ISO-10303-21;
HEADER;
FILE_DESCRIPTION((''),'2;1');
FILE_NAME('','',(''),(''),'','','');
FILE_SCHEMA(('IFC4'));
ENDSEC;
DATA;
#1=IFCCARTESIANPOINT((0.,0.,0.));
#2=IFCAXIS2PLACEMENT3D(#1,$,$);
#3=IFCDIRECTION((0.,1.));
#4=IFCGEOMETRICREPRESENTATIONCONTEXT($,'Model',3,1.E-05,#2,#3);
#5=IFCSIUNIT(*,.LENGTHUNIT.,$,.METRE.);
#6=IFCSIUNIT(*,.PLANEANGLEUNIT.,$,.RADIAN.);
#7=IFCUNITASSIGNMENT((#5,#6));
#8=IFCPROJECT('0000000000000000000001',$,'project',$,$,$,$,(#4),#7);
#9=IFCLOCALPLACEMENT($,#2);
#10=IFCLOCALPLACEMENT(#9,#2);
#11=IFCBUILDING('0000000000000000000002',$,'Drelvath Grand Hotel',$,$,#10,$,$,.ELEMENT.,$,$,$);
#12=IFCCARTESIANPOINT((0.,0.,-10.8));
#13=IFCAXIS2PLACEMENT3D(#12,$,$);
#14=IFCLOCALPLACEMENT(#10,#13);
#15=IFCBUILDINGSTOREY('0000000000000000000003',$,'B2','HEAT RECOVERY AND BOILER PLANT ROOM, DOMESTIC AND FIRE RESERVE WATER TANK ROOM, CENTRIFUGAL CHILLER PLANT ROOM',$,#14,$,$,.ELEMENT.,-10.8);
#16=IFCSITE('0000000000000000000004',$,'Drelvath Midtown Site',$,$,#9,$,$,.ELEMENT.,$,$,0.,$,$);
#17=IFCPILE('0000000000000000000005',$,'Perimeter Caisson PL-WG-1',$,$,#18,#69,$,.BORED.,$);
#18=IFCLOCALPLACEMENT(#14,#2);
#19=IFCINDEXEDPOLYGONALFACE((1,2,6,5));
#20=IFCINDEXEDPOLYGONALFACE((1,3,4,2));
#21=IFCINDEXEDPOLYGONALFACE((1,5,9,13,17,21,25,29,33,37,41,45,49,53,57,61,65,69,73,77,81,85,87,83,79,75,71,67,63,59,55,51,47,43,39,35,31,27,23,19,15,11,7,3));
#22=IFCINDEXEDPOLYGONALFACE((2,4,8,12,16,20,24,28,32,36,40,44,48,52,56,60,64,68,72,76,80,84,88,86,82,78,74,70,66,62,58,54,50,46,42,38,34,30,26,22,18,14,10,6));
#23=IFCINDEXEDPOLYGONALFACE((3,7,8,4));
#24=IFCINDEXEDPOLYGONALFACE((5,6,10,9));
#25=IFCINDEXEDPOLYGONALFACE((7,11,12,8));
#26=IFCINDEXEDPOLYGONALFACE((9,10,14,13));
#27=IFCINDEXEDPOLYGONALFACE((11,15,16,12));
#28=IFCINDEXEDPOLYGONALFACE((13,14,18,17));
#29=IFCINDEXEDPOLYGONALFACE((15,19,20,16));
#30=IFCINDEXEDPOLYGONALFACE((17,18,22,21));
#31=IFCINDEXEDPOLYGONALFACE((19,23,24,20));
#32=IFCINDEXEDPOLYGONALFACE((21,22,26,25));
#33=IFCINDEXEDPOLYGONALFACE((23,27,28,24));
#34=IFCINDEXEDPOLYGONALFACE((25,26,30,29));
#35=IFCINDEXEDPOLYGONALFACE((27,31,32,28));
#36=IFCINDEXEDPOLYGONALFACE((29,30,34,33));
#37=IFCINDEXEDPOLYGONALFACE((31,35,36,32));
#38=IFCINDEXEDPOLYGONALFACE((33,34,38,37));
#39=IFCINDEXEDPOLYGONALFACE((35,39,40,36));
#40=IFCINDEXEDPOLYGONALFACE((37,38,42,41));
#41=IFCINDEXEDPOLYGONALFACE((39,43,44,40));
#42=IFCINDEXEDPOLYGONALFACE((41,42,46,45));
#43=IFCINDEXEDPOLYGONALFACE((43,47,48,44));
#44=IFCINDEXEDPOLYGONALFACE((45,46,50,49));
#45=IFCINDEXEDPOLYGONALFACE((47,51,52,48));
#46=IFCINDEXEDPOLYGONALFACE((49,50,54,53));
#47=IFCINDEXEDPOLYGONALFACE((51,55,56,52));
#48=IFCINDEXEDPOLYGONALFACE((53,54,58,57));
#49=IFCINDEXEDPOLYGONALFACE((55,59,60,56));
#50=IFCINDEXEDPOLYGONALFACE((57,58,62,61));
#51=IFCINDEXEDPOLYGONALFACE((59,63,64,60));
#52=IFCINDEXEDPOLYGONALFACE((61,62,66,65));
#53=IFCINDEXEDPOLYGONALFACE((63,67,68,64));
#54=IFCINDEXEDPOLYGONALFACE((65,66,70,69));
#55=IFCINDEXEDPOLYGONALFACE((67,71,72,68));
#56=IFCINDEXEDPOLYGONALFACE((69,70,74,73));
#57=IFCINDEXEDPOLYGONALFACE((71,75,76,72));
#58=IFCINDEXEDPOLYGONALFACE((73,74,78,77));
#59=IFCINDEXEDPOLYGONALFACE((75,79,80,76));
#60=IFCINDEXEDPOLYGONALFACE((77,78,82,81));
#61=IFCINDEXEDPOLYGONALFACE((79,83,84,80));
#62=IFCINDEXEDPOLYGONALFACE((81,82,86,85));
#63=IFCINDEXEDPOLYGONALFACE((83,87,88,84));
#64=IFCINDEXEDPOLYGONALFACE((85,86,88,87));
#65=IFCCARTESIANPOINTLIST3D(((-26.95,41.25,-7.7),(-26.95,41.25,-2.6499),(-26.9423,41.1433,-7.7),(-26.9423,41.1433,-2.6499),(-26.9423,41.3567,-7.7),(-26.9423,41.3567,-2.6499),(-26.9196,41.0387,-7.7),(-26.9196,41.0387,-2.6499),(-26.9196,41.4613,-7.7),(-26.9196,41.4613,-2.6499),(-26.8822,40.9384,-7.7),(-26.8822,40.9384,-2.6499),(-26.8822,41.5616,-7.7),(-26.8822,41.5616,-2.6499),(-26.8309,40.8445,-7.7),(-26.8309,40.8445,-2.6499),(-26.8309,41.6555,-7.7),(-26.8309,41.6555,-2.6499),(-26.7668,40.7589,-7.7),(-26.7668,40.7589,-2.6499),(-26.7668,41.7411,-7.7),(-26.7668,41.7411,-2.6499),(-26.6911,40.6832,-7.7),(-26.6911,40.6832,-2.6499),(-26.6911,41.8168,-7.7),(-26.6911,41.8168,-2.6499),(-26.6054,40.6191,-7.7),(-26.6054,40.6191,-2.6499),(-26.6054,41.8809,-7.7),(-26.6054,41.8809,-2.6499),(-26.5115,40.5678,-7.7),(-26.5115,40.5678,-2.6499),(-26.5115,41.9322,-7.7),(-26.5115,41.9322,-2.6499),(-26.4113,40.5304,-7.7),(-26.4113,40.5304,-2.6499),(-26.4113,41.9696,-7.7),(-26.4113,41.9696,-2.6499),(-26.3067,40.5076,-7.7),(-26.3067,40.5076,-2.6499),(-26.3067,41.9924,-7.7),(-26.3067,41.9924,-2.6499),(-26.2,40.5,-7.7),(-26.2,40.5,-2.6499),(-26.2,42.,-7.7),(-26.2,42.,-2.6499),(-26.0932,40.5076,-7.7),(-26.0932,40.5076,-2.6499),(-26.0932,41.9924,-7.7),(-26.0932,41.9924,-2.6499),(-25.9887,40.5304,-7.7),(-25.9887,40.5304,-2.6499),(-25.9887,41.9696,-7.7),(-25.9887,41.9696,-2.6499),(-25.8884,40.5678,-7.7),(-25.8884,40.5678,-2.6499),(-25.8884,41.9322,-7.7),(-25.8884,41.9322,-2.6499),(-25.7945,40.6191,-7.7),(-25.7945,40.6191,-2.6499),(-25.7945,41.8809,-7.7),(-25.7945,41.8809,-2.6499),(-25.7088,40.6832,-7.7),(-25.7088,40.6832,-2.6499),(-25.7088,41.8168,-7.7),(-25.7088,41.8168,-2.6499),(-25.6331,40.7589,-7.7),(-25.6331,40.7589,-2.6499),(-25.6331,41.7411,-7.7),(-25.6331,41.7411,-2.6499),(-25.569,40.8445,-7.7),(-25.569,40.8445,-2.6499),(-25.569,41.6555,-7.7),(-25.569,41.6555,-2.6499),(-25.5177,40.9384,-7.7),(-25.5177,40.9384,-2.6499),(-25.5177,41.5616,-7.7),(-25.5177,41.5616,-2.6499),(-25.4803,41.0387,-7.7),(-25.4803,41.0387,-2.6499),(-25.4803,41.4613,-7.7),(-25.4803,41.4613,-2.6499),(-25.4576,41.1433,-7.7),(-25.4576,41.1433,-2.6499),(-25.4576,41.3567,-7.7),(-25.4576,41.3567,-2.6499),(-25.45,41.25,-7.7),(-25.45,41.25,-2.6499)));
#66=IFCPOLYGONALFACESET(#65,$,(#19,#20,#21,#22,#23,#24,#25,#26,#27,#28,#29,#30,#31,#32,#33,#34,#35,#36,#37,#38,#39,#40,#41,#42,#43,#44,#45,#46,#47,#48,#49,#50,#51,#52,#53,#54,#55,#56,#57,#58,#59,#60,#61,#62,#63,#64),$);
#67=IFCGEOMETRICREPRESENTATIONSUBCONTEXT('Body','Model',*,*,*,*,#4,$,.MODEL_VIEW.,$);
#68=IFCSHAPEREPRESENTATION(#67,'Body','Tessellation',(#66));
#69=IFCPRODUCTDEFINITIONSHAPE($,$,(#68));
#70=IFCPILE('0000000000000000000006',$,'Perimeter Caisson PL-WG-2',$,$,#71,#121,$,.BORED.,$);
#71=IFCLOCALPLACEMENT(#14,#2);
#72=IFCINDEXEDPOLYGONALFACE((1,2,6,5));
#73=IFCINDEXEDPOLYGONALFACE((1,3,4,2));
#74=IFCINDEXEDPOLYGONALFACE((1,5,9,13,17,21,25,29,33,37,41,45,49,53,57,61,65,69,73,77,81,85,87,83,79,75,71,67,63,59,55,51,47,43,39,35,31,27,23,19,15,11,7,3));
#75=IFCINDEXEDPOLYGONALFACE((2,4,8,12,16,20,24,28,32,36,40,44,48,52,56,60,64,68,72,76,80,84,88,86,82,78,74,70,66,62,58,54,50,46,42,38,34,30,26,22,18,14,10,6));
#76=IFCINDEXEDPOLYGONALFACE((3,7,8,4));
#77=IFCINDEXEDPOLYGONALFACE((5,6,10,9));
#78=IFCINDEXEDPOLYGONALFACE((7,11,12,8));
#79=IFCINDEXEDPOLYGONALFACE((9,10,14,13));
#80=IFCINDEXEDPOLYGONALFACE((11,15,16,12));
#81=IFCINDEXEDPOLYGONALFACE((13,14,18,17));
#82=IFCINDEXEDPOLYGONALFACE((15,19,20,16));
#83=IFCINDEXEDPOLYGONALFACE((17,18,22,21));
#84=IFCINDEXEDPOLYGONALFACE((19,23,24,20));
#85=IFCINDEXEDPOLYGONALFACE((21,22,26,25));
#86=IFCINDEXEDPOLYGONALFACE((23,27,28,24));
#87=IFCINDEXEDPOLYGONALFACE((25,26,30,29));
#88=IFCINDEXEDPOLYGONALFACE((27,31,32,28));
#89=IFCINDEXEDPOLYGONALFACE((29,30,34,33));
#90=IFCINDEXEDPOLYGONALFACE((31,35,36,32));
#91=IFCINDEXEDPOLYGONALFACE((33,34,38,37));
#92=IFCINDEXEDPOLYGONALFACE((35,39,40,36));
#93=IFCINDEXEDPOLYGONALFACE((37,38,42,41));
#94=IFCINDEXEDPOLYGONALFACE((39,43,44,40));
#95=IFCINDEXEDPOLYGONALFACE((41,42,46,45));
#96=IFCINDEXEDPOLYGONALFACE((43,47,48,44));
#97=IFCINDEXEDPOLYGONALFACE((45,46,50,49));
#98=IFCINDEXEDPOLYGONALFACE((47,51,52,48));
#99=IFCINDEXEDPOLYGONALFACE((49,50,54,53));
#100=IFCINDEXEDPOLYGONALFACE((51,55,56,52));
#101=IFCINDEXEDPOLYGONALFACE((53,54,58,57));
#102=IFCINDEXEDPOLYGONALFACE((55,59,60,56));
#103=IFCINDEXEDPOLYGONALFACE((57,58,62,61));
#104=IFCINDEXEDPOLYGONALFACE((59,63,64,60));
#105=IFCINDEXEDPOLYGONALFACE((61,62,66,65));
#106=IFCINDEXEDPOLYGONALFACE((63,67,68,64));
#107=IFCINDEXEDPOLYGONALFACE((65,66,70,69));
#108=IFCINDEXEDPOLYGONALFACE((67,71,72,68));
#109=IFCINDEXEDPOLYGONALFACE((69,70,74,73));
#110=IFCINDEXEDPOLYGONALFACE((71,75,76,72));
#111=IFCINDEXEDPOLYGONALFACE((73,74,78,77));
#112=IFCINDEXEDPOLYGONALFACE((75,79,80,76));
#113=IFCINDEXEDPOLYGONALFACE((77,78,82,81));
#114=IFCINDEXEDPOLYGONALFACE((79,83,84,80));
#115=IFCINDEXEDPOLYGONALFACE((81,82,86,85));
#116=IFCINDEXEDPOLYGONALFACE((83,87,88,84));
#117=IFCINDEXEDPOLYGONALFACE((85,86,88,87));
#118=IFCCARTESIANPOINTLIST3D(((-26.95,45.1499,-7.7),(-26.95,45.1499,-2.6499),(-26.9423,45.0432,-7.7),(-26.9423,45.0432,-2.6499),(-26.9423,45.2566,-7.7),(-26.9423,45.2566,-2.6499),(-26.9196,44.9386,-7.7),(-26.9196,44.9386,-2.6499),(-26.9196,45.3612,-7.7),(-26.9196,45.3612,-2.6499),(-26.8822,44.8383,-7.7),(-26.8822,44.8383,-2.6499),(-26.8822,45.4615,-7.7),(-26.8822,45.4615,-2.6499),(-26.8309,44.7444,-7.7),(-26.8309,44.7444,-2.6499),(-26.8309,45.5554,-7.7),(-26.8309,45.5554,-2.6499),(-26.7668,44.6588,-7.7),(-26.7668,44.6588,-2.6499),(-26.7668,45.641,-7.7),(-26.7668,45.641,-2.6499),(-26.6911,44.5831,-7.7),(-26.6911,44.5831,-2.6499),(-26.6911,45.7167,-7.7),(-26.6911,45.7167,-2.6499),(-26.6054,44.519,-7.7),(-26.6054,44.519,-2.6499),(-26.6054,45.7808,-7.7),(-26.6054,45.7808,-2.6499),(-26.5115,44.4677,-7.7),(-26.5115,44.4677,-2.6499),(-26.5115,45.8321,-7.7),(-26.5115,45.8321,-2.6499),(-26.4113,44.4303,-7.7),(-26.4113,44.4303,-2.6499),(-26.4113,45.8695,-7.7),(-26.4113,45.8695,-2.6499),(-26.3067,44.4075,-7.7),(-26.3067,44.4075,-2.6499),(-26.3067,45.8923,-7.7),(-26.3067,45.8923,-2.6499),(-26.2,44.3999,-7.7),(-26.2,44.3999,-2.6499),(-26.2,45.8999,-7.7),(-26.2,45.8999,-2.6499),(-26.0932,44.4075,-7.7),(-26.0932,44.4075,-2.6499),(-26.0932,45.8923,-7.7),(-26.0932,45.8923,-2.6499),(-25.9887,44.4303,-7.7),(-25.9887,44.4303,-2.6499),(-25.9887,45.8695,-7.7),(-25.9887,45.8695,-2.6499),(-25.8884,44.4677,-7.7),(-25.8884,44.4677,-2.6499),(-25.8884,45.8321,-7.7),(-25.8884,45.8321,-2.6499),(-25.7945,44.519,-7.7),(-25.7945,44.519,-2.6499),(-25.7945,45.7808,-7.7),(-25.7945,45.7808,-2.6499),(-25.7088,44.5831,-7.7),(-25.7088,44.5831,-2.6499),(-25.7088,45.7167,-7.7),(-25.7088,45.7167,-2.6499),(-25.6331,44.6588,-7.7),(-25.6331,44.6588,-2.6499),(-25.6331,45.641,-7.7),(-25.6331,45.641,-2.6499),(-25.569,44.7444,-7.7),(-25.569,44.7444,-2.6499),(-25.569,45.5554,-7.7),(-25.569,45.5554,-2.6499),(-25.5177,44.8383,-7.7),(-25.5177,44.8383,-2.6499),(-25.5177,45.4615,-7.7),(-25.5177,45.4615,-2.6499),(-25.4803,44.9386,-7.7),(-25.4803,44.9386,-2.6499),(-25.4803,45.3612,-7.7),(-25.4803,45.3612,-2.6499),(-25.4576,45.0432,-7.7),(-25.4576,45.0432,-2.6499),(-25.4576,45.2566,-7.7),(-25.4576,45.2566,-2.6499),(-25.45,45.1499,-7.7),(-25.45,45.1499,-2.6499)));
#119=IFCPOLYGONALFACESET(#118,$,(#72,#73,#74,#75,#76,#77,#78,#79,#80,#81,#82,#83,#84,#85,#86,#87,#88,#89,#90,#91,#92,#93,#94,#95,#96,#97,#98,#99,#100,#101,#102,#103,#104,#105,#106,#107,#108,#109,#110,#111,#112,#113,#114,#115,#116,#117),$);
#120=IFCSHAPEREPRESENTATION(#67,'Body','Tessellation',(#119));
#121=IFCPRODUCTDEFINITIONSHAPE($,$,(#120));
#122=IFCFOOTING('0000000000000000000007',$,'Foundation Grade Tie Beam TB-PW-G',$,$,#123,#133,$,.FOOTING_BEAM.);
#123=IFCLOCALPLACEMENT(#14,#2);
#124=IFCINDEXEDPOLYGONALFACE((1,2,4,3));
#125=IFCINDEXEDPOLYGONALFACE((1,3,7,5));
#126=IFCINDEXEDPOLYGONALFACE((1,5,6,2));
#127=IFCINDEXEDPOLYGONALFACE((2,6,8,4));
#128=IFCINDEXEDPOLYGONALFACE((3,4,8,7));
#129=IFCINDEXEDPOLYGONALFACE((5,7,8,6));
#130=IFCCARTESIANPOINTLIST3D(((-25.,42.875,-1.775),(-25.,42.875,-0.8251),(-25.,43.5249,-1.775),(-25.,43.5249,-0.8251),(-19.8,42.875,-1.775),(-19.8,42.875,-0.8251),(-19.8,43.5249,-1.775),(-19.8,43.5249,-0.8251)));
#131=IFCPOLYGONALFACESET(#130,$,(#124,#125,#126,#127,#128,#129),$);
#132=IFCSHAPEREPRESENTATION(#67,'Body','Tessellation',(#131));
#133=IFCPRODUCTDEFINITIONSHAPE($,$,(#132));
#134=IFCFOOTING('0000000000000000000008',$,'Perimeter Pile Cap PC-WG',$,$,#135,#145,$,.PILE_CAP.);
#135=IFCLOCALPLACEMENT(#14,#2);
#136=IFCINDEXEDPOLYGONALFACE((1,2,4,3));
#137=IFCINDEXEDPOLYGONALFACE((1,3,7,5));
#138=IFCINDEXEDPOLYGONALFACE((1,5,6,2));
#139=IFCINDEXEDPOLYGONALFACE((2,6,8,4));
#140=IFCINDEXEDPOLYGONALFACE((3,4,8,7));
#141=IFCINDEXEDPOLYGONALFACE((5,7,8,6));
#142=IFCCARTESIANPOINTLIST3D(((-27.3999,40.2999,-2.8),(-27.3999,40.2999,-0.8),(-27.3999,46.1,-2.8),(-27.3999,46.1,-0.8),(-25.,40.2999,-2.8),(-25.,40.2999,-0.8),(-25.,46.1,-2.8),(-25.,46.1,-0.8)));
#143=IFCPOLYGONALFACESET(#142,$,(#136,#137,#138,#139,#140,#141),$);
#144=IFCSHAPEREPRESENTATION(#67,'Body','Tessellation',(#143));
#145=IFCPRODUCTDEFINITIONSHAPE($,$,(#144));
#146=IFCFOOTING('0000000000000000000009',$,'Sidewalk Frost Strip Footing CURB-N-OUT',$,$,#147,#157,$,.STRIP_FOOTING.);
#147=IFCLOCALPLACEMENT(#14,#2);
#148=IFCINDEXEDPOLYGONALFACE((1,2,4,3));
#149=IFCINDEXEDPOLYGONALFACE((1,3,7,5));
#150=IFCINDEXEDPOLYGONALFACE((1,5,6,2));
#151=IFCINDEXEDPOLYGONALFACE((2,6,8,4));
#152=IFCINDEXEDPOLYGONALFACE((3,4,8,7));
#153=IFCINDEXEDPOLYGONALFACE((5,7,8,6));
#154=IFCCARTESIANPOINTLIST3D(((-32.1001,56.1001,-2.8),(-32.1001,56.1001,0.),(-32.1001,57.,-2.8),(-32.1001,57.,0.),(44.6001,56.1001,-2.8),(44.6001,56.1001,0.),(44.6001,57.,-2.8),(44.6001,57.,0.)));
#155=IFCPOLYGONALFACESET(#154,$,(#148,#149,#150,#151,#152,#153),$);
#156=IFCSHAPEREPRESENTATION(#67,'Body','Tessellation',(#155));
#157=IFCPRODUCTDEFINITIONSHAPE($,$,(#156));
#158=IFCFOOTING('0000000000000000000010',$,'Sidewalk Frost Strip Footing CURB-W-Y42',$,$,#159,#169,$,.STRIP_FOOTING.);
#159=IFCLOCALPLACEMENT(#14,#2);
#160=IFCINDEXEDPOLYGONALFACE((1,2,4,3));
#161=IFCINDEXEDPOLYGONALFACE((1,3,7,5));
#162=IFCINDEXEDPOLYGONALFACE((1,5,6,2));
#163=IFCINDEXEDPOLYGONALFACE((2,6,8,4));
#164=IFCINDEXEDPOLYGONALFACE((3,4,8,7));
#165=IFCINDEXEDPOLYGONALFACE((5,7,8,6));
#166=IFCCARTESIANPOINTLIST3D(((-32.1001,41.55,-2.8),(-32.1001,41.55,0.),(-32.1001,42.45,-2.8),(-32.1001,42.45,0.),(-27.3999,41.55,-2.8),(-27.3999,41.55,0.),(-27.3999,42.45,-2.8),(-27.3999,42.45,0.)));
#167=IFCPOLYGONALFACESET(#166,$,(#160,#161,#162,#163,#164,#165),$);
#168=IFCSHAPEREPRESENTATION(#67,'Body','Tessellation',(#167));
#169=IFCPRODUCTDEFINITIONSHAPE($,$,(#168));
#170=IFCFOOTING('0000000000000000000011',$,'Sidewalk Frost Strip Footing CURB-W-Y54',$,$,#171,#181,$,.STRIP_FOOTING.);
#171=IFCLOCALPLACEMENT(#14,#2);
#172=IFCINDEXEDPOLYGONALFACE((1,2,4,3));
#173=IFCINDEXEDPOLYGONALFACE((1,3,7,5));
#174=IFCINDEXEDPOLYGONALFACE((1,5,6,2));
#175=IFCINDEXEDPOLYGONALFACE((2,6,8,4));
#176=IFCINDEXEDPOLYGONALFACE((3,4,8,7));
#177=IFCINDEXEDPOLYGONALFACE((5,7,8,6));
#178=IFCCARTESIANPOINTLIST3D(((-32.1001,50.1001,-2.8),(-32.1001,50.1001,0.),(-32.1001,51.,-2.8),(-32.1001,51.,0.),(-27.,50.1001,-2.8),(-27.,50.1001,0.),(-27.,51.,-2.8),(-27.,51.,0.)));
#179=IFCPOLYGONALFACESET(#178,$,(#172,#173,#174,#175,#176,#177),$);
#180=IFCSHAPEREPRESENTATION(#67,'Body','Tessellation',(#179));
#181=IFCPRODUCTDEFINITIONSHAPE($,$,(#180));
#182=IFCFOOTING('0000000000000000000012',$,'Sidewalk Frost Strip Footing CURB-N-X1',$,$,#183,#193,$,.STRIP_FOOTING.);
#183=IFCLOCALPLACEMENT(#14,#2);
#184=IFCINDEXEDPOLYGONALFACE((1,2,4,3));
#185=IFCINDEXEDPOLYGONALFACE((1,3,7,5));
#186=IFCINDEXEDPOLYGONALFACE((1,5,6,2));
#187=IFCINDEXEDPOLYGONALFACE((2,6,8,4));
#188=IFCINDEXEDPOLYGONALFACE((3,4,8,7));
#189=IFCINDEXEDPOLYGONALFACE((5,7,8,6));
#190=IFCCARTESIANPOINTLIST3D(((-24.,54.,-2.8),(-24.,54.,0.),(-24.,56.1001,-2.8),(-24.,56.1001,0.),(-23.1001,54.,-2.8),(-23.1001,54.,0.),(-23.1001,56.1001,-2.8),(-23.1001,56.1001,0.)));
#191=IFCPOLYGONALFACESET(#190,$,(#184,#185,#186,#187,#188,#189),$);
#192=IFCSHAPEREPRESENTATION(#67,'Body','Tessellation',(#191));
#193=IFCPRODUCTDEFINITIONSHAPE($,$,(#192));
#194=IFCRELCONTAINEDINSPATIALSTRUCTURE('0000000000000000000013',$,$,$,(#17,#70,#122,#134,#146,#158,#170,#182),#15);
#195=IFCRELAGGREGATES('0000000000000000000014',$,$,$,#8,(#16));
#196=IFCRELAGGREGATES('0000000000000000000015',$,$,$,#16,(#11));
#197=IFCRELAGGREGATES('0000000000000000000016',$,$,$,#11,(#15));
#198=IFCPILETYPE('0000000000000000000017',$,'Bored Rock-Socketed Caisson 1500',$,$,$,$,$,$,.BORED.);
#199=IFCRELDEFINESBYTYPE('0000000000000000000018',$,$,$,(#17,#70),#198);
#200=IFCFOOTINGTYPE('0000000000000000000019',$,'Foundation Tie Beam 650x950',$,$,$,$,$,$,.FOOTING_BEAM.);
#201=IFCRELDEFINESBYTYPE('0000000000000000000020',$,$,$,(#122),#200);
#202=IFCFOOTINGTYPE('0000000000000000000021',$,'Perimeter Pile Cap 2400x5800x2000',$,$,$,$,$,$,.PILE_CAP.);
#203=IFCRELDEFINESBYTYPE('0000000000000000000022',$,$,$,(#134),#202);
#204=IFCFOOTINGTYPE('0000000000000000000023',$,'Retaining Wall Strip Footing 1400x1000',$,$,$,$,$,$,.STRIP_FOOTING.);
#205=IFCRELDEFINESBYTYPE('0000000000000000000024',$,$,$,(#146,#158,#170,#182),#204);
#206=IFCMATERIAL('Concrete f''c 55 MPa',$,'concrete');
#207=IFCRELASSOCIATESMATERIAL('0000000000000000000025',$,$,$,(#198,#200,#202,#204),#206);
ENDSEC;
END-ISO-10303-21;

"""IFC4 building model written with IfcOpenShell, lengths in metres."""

from ifc_helpers import new_model, si_unit, direction, frame, frame_2d, origin, origin_2d, place, context, subcontext, project, spatial, rectangle, circle, extrude, material, material_profile, profile_set, type_object, element, save


model = new_model("IFC4")

# Units and contexts
model_context = context("Model", 3, precision=1e-05, world=origin(), true_north=direction((0.0, 1.0)))
body_context = subcontext(model_context, "Body", "Model", "MODEL_VIEW")
ifc_project = project(units=[si_unit("LENGTHUNIT", "METRE"), si_unit("PLANEANGLEUNIT", "RADIAN")], contexts=[model_context])

# Site, building, storey
site_placement = place(None, origin())
site = spatial("IfcSite", under=ifc_project, at=site_placement, Name="Drelvath Midtown Site", CompositionType="ELEMENT", RefElevation=0.0)
building_placement = place(site_placement, origin())
building = spatial("IfcBuilding", under=site, at=building_placement, Name="Drelvath Grand Hotel", CompositionType="ELEMENT")
storey_placement = place(building_placement, frame((0.0, 0.0, -10.8)))
storey = spatial("IfcBuildingStorey", under=building, at=storey_placement, Name="B2", Description="HEAT RECOVERY AND BOILER PLANT ROOM, DOMESTIC AND FIRE RESERVE WATER TANK ROOM, CENTRIFUGAL CHILLER PLANT ROOM", CompositionType="ELEMENT", Elevation=-10.8)

# Piles
ifc_material_1 = material(Name="Concrete f'c 55 MPa", Category="concrete")
ifc_material_profile_1 = material_profile(ifc_material_1, circle(Radius=0.75, at=origin_2d()), Name="CAISSON1500")
ifc_profile_set_1 = profile_set([ifc_material_profile_1], Name="Concrete f'c 55 MPa")
pile_type = type_object("IfcPileType", Name="Bored Rock-Socketed Caisson 1500", PredefinedType="BORED", material=ifc_profile_set_1)
for number, where, z_axis, x_axis, name in (
    (1, (-26.2, 41.25, -2.6499), (0.0, 0.0, -1.0), (1.0, 0.0, 0.0), "Perimeter Caisson PL-WG-1"),
    (2, (-26.2, 45.1499, -2.6499), (0.0, 0.0, -1.0), (1.0, 0.0, 0.0), "Perimeter Caisson PL-WG-2"),
):
    element("IfcPile", number, at=place(storey_placement, frame(where, z_axis=z_axis, x_axis=x_axis)), inside=storey, type_object=pile_type, Name=name, PredefinedType="BORED", context=body_context, shape_type="SweptSolid", body=[
        extrude(circle(Radius=0.75, at=origin_2d()), origin(), (0.0, 0.0, 1.0), 5.05),
    ])

# Footings
ifc_material_profile_2 = material_profile(ifc_material_1, rectangle(XDim=0.6499, YDim=0.95, at=origin_2d()), Name="CB650X950")
ifc_profile_set_2 = profile_set([ifc_material_profile_2], Name="Concrete f'c 55 MPa")
footing_type_1 = type_object("IfcFootingType", Name="Foundation Tie Beam 650x950", PredefinedType="FOOTING_BEAM", material=ifc_profile_set_2)
footing_1_placement = place(storey_placement, frame((-25.0, 43.2, -1.3), z_axis=(1.0, 0.0, 0.0), x_axis=(0.0, 1.0, 0.0)))
element("IfcFooting", 3, at=footing_1_placement, inside=storey, type_object=footing_type_1, Name="Foundation Grade Tie Beam TB-PW-G", PredefinedType="FOOTING_BEAM", context=body_context, shape_type="SweptSolid", body=[
    extrude(rectangle(XDim=0.6499, YDim=0.95, at=origin_2d()), origin(), (0.0, 0.0, 1.0), 5.2),
])
footing_type_2 = type_object("IfcFootingType", Name="Perimeter Pile Cap 2400x5800x2000", PredefinedType="PILE_CAP", material=ifc_material_1)
footing_2_placement = place(storey_placement, frame((-26.2, 43.2, -2.8), z_axis=(0.0, 0.0, 1.0), x_axis=(1.0, 0.0, 0.0)))
element("IfcFooting", 4, at=footing_2_placement, inside=storey, type_object=footing_type_2, Name="Perimeter Pile Cap PC-WG", PredefinedType="PILE_CAP", context=body_context, shape_type="SweptSolid", body=[
    extrude(rectangle(XDim=2.3999, YDim=5.8, at=origin_2d()), origin(), (0.0, 0.0, 1.0), 2.0),
])
footing_type_3 = type_object("IfcFootingType", Name="Retaining Wall Strip Footing 1400x1000", PredefinedType="STRIP_FOOTING", material=ifc_material_1)
footing_3_placement = place(storey_placement, frame((-32.1001, 56.55, -2.8), z_axis=(0.0, 0.0, 1.0), x_axis=(1.0, 0.0, 0.0)))
element("IfcFooting", 5, at=footing_3_placement, inside=storey, type_object=footing_type_3, Name="Sidewalk Frost Strip Footing CURB-N-OUT", PredefinedType="STRIP_FOOTING", context=body_context, shape_type="SweptSolid", body=[
    extrude(rectangle(XDim=76.7002, YDim=0.8999, at=frame_2d((38.3501, 0.0))), origin(), (0.0, 0.0, 1.0), 2.8),
])
footing_4_placement = place(storey_placement, frame((-32.1001, 42.0, -2.8), z_axis=(0.0, 0.0, 1.0), x_axis=(1.0, 0.0, 0.0)))
element("IfcFooting", 6, at=footing_4_placement, inside=storey, type_object=footing_type_3, Name="Sidewalk Frost Strip Footing CURB-W-Y42", PredefinedType="STRIP_FOOTING", context=body_context, shape_type="SweptSolid", body=[
    extrude(rectangle(XDim=4.7002, YDim=0.8999, at=frame_2d((2.3501, 0.0))), origin(), (0.0, 0.0, 1.0), 2.8),
])
footing_5_placement = place(storey_placement, frame((-32.1001, 50.55, -2.8), z_axis=(0.0, 0.0, 1.0), x_axis=(1.0, 0.0, 0.0)))
element("IfcFooting", 7, at=footing_5_placement, inside=storey, type_object=footing_type_3, Name="Sidewalk Frost Strip Footing CURB-W-Y54", PredefinedType="STRIP_FOOTING", context=body_context, shape_type="SweptSolid", body=[
    extrude(rectangle(XDim=5.1001, YDim=0.8999, at=frame_2d((2.55, 0.0))), origin(), (0.0, 0.0, 1.0), 2.8),
])
footing_6_placement = place(storey_placement, frame((-23.55, 54.0, -2.8), z_axis=(0.0, 0.0, 1.0), x_axis=(0.0, 1.0, 0.0)))
element("IfcFooting", 8, at=footing_6_placement, inside=storey, type_object=footing_type_3, Name="Sidewalk Frost Strip Footing CURB-N-X1", PredefinedType="STRIP_FOOTING", context=body_context, shape_type="SweptSolid", body=[
    extrude(rectangle(XDim=2.1001, YDim=0.8999, at=frame_2d((1.05, 0.0))), origin(), (0.0, 0.0, 1.0), 2.8),
])

save(model, "model.ifc")
